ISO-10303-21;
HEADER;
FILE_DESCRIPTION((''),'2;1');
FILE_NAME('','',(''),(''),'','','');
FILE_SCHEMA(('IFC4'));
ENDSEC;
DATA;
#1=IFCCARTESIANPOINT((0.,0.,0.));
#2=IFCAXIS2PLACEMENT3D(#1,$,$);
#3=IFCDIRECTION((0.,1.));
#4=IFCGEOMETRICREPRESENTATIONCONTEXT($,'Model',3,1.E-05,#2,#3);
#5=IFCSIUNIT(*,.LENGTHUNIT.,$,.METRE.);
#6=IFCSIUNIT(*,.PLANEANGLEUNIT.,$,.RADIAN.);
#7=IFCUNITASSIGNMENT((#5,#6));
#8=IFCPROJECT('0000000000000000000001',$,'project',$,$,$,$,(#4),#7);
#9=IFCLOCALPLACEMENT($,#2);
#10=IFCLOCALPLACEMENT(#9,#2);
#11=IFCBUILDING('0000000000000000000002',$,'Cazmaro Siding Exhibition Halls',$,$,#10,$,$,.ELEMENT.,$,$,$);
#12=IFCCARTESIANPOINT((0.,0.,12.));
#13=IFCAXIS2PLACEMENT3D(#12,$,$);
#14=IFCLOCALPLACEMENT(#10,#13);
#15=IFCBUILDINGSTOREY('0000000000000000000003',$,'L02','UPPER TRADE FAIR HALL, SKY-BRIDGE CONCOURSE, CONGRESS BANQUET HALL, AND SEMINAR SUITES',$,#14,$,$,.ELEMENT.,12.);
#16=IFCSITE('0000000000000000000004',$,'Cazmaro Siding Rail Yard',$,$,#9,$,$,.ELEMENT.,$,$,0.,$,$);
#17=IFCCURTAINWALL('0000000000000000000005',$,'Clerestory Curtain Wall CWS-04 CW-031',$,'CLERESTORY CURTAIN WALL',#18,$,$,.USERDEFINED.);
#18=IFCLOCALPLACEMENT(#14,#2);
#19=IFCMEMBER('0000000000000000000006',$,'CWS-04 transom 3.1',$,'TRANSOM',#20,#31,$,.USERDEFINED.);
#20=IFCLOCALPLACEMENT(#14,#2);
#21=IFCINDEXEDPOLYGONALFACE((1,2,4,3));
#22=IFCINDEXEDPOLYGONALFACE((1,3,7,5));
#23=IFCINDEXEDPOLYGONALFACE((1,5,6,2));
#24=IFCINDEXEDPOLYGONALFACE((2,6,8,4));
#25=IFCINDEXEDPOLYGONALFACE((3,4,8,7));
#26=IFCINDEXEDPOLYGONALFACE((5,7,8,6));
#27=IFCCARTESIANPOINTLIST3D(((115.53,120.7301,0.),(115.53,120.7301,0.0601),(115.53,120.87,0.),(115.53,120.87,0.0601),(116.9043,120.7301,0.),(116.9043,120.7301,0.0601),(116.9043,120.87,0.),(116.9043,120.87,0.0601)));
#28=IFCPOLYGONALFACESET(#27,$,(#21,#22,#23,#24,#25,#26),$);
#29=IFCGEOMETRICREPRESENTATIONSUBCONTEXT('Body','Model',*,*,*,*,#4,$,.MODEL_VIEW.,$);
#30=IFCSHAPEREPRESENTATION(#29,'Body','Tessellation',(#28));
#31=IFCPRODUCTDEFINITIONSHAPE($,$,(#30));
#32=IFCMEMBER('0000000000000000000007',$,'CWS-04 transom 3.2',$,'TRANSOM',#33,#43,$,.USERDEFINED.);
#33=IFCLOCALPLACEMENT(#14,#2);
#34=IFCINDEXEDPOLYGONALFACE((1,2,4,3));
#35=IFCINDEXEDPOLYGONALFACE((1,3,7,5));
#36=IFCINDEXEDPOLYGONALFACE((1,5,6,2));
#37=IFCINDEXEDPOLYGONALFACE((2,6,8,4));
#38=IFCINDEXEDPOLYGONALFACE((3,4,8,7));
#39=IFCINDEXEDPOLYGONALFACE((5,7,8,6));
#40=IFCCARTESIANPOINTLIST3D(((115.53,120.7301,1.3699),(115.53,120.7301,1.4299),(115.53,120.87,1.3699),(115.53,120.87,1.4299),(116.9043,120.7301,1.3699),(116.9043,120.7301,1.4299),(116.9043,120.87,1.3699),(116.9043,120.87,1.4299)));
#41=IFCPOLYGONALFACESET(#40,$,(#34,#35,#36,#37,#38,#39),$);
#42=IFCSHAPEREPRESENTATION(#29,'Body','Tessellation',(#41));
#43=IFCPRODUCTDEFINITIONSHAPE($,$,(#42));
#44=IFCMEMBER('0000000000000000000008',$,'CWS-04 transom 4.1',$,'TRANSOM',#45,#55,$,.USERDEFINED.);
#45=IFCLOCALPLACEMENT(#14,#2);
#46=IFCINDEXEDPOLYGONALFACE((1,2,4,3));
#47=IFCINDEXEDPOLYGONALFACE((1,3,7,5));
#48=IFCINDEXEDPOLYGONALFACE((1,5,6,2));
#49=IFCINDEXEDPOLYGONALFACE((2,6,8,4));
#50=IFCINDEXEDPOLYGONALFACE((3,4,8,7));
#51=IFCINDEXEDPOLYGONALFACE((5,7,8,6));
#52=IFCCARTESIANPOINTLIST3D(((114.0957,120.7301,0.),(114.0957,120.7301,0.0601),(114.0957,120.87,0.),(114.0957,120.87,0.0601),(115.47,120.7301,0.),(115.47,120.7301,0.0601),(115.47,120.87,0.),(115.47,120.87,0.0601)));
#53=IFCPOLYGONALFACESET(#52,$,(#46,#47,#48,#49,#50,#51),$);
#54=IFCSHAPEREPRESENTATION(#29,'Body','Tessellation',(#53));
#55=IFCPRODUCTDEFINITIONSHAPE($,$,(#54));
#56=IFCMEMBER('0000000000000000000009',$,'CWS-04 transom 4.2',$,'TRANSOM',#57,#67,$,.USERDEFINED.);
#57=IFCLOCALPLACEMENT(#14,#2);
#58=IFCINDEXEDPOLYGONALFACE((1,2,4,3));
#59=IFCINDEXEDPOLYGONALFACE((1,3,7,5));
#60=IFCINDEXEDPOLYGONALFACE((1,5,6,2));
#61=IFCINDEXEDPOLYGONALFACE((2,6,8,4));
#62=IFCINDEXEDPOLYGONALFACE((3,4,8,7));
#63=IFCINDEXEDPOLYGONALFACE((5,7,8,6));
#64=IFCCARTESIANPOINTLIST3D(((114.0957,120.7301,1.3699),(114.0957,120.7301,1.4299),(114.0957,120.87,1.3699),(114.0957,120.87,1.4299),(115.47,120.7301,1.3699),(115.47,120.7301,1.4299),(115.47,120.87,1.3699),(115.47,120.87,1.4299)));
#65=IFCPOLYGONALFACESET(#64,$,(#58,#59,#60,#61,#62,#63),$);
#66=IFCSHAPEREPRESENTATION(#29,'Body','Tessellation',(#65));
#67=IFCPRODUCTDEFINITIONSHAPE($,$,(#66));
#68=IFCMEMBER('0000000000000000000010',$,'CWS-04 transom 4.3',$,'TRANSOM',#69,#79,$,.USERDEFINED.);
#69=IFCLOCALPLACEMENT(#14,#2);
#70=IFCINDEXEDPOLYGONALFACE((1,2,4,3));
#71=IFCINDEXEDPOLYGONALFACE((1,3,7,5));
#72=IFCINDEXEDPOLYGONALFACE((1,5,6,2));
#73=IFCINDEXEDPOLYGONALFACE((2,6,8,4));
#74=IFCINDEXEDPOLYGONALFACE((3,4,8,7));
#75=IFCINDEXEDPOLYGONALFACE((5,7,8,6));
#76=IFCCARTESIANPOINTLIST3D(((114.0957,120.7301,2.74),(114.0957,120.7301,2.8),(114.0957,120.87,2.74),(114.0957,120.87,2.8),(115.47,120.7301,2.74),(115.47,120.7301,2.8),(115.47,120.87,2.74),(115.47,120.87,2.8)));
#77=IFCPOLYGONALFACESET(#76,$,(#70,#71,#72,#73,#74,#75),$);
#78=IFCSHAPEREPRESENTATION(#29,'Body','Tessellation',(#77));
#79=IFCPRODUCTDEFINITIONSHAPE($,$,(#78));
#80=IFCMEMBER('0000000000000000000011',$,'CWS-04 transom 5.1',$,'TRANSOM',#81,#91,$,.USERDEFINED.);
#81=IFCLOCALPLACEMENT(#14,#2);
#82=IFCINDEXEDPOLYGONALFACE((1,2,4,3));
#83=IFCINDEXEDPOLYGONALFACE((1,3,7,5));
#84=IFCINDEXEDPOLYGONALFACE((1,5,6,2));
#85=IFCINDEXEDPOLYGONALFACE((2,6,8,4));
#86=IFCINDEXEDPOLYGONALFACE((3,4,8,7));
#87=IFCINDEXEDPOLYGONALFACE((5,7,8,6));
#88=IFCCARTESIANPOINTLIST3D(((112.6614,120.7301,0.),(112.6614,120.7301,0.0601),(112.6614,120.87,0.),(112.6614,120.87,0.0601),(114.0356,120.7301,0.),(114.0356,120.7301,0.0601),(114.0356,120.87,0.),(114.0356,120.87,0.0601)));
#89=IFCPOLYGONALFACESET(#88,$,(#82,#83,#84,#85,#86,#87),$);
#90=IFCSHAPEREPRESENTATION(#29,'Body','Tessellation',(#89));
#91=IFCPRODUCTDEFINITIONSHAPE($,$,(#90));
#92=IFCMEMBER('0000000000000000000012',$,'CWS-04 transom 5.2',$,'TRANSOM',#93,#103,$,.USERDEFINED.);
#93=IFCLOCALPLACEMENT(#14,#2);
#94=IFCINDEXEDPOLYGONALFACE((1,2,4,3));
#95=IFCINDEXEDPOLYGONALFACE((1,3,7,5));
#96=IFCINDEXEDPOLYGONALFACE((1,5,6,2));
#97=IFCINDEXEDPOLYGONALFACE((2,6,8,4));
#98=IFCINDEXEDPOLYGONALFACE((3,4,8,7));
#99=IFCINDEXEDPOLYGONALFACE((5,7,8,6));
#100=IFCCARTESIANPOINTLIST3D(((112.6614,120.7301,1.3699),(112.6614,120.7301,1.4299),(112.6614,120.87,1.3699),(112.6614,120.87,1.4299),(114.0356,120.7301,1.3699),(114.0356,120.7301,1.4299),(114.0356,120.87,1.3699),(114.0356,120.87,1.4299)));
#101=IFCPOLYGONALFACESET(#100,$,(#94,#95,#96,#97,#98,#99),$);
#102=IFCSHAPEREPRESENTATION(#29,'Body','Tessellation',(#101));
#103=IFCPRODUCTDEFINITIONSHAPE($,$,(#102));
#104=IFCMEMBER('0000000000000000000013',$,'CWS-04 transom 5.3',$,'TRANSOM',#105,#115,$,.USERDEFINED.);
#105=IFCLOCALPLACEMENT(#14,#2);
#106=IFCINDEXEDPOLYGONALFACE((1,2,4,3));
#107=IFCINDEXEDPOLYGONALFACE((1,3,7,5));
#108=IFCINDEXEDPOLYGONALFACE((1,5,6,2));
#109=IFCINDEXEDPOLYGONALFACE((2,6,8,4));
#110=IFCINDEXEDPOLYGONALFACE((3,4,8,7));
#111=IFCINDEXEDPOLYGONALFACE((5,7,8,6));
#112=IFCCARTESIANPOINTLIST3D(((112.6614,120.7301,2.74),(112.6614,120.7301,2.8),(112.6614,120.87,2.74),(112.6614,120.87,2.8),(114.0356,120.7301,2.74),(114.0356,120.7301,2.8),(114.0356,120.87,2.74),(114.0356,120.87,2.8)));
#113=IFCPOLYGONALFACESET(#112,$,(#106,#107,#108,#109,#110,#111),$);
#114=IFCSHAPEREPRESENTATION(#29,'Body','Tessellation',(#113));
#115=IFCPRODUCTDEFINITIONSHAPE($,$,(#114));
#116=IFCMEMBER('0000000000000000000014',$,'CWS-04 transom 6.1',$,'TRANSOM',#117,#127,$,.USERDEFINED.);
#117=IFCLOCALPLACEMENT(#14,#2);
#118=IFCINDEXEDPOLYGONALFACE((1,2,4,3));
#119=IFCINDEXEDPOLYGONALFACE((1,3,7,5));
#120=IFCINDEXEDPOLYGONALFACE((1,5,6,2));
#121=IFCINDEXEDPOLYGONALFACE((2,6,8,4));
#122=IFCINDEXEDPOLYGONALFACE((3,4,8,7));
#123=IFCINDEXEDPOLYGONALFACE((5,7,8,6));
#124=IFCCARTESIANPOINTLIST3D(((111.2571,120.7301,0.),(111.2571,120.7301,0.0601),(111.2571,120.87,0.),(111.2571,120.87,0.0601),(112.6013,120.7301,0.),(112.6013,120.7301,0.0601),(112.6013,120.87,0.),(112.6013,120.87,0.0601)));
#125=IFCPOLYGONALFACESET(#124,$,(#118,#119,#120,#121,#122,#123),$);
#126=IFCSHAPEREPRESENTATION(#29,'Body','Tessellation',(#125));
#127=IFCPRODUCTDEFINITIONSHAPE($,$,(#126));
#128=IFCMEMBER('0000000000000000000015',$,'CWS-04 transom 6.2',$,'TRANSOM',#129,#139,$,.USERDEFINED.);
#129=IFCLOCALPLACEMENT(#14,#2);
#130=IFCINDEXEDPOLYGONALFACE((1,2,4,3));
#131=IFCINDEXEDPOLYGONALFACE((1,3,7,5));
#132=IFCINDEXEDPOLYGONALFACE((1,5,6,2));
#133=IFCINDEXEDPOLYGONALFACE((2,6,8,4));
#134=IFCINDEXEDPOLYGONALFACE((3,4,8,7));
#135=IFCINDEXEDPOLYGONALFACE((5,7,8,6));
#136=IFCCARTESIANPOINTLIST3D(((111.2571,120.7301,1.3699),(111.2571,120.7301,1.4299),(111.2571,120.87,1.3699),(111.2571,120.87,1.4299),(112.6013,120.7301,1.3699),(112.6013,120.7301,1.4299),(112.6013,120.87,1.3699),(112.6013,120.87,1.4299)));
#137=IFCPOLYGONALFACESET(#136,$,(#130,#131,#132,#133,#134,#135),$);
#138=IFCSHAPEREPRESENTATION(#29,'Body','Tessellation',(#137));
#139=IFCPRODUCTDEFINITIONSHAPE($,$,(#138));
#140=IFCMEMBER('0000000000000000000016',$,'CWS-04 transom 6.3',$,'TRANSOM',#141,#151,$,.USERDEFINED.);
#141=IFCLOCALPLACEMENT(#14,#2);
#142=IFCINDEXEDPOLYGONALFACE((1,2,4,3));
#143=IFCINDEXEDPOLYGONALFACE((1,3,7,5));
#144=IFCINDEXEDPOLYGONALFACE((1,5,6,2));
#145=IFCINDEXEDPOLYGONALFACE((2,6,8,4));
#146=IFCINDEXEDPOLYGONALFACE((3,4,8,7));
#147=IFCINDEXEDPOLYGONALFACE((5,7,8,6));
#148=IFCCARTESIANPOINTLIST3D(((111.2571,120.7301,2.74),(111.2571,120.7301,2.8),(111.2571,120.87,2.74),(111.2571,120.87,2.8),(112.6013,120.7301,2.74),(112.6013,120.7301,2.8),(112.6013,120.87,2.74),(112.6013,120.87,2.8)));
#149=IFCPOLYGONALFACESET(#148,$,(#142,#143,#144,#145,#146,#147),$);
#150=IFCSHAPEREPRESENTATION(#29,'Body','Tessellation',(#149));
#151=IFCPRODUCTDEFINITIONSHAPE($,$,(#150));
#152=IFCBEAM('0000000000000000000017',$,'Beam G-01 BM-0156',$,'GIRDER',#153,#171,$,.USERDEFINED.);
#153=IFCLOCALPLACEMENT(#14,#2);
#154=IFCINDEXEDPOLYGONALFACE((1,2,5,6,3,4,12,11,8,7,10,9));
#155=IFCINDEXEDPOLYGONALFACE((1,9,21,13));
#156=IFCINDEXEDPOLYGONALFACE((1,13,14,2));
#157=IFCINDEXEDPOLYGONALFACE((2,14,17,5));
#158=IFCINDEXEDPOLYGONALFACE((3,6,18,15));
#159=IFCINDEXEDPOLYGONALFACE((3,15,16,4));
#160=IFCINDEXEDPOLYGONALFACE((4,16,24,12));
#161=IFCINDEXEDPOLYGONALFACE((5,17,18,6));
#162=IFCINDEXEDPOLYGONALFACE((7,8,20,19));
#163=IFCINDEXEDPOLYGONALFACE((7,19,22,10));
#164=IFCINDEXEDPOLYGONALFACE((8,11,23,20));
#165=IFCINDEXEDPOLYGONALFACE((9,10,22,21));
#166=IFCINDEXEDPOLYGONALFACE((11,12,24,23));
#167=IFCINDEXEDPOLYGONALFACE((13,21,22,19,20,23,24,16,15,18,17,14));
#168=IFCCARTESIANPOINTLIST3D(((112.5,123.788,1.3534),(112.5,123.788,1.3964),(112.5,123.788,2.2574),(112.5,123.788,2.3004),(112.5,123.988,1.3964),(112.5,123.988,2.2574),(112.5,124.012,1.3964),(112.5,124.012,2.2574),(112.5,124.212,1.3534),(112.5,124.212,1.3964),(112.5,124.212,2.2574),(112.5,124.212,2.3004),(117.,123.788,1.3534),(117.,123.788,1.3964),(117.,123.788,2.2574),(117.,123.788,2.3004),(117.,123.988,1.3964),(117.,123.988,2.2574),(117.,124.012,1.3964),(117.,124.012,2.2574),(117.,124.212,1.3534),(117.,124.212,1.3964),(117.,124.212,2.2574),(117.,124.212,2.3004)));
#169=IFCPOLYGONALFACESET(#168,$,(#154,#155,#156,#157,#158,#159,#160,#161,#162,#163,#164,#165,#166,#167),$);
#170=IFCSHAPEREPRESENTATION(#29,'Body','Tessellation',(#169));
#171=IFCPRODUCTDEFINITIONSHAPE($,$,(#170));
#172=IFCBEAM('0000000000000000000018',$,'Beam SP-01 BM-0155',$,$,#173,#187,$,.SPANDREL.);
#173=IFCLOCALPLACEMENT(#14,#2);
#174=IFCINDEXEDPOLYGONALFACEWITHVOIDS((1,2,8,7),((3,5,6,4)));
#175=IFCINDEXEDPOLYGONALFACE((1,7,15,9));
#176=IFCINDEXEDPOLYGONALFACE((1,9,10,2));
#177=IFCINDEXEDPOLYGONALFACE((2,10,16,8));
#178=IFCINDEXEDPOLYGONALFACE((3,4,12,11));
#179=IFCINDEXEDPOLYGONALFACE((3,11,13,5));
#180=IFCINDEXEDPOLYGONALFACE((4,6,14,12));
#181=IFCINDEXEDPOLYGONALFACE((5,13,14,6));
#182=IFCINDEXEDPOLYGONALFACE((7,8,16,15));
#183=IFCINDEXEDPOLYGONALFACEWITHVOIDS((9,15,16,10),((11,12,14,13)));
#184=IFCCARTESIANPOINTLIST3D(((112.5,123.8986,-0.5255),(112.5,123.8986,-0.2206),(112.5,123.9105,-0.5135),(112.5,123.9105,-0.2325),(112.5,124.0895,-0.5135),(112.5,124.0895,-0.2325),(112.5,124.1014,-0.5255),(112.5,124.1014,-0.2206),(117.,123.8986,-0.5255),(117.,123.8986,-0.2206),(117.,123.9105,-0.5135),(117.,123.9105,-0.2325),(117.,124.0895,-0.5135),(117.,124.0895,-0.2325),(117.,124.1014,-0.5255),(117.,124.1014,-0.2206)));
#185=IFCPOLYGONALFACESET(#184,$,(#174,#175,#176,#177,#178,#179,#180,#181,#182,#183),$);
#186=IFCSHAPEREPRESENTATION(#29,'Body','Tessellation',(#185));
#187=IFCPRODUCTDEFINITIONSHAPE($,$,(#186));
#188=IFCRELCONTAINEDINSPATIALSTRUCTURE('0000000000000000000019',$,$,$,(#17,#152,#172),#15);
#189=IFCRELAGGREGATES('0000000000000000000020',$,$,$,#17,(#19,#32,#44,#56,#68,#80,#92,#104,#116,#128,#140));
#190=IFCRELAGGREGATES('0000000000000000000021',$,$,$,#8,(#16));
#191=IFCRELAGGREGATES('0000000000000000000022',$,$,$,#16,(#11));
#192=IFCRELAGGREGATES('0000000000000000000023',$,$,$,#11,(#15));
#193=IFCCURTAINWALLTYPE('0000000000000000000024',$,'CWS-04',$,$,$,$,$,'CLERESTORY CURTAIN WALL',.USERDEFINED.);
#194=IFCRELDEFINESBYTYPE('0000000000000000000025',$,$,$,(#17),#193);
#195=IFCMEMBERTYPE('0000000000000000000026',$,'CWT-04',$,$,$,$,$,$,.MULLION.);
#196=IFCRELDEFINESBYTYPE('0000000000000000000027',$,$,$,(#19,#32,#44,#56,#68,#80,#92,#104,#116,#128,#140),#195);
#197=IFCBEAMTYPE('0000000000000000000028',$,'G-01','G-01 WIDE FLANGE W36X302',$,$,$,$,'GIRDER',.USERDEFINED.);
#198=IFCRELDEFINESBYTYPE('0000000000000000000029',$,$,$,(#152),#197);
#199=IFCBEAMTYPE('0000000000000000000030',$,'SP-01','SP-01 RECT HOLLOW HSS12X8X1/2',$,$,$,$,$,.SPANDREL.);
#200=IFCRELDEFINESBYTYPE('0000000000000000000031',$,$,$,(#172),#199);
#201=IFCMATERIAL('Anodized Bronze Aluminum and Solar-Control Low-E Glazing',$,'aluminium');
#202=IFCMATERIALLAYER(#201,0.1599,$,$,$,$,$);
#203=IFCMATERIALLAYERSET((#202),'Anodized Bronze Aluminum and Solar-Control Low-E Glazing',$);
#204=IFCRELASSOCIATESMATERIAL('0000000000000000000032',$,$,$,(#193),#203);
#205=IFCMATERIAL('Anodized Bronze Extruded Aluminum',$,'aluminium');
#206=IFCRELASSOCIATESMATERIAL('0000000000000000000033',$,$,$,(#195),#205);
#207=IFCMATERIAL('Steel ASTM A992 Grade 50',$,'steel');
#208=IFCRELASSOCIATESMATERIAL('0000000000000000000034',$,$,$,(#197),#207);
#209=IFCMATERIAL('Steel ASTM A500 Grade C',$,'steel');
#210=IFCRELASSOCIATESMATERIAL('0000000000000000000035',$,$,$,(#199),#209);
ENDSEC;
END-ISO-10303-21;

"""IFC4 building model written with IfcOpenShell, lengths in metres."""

from ifc_helpers import new_model, si_unit, direction, frame, origin, origin_2d, place, context, subcontext, project, spatial, rectangle, hollow_rectangle, i_section, extrude, material, layer, layer_set, material_profile, profile_set, type_object, element, aggregate, save


model = new_model("IFC4")

# Units and contexts
model_context = context("Model", 3, precision=1e-05, world=origin(), true_north=direction((0.0, 1.0)))
body_context = subcontext(model_context, "Body", "Model", "MODEL_VIEW")
ifc_project = project(units=[si_unit("LENGTHUNIT", "METRE"), si_unit("PLANEANGLEUNIT", "RADIAN")], contexts=[model_context])

# Site, building, storey
site_placement = place(None, origin())
site = spatial("IfcSite", under=ifc_project, at=site_placement, Name="Cazmaro Siding Rail Yard", CompositionType="ELEMENT", RefElevation=0.0)
building_placement = place(site_placement, origin())
building = spatial("IfcBuilding", under=site, at=building_placement, Name="Cazmaro Siding Exhibition Halls", CompositionType="ELEMENT")
storey_placement = place(building_placement, frame((0.0, 0.0, 12.0)))
storey = spatial("IfcBuildingStorey", under=building, at=storey_placement, Name="L02", Description="UPPER TRADE FAIR HALL, SKY-BRIDGE CONCOURSE, CONGRESS BANQUET HALL, AND SEMINAR SUITES", CompositionType="ELEMENT", Elevation=12.0)

# Shared definitions
ifc_material_1 = material(Name="Anodized Bronze Aluminum and Solar-Control Low-E Glazing", Category="aluminium")
ifc_layer_1 = layer(ifc_material_1, 0.1599)
ifc_layer_set_1 = layer_set([ifc_layer_1], Name="Anodized Bronze Aluminum and Solar-Control Low-E Glazing")
curtain_wall_type = type_object("IfcCurtainWallType", Name="CWS-04", ElementType="CLERESTORY CURTAIN WALL", PredefinedType="USERDEFINED", material=ifc_layer_set_1)

# Curtain wall
curtain_wall_1_placement = place(storey_placement, origin())
curtain_wall_1 = element("IfcCurtainWall", 1, at=curtain_wall_1_placement, inside=storey, type_object=curtain_wall_type, Name="Clerestory Curtain Wall CWS-04 CW-031", ObjectType="CLERESTORY CURTAIN WALL", PredefinedType="USERDEFINED")

# Members
ifc_material_2 = material(Name="Anodized Bronze Extruded Aluminum", Category="aluminium")
ifc_material_profile_1 = material_profile(ifc_material_2, rectangle(XDim=0.1399, YDim=0.0601, at=origin_2d()), Name="CWT-04")
ifc_profile_set_1 = profile_set([ifc_material_profile_1], Name="Anodized Bronze Extruded Aluminum")
member_type_1 = type_object("IfcMemberType", Name="CWT-04", PredefinedType="MULLION", material=ifc_profile_set_1)
member_1_placement = place(storey_placement, frame((116.9043, 120.8, 0.03), z_axis=(-1.0, 0.0, 0.0), x_axis=(0.0, -1.0, 0.0)))
member_1 = element("IfcMember", 2, at=member_1_placement, type_object=member_type_1, Name="CWS-04 transom 3.1", ObjectType="TRANSOM", PredefinedType="USERDEFINED", context=body_context, shape_type="SweptSolid", body=[
    extrude(rectangle(XDim=0.1399, YDim=0.0601, at=origin_2d()), origin(), (0.0, 0.0, 1.0), 1.3743),
])
member_2_placement = place(storey_placement, frame((116.9043, 120.8, 1.3999), z_axis=(-1.0, 0.0, 0.0), x_axis=(0.0, -1.0, 0.0)))
member_2 = element("IfcMember", 3, at=member_2_placement, type_object=member_type_1, Name="CWS-04 transom 3.2", ObjectType="TRANSOM", PredefinedType="USERDEFINED", context=body_context, shape_type="SweptSolid", body=[
    extrude(rectangle(XDim=0.1399, YDim=0.0601, at=origin_2d()), origin(), (0.0, 0.0, 1.0), 1.3743),
])
member_3_placement = place(storey_placement, frame((115.47, 120.8, 0.03), z_axis=(-1.0, 0.0, 0.0), x_axis=(0.0, -1.0, 0.0)))
member_3 = element("IfcMember", 4, at=member_3_placement, type_object=member_type_1, Name="CWS-04 transom 4.1", ObjectType="TRANSOM", PredefinedType="USERDEFINED", context=body_context, shape_type="SweptSolid", body=[
    extrude(rectangle(XDim=0.1399, YDim=0.0601, at=origin_2d()), origin(), (0.0, 0.0, 1.0), 1.3743),
])
member_4_placement = place(storey_placement, frame((115.47, 120.8, 1.3999), z_axis=(-1.0, 0.0, 0.0), x_axis=(0.0, -1.0, 0.0)))
member_4 = element("IfcMember", 5, at=member_4_placement, type_object=member_type_1, Name="CWS-04 transom 4.2", ObjectType="TRANSOM", PredefinedType="USERDEFINED", context=body_context, shape_type="SweptSolid", body=[
    extrude(rectangle(XDim=0.1399, YDim=0.0601, at=origin_2d()), origin(), (0.0, 0.0, 1.0), 1.3743),
])
member_5_placement = place(storey_placement, frame((115.47, 120.8, 2.77), z_axis=(-1.0, 0.0, 0.0), x_axis=(0.0, -1.0, 0.0)))
member_5 = element("IfcMember", 6, at=member_5_placement, type_object=member_type_1, Name="CWS-04 transom 4.3", ObjectType="TRANSOM", PredefinedType="USERDEFINED", context=body_context, shape_type="SweptSolid", body=[
    extrude(rectangle(XDim=0.1399, YDim=0.0601, at=origin_2d()), origin(), (0.0, 0.0, 1.0), 1.3743),
])
member_6_placement = place(storey_placement, frame((114.0356, 120.8, 0.03), z_axis=(-1.0, 0.0, 0.0), x_axis=(0.0, -1.0, 0.0)))
member_6 = element("IfcMember", 7, at=member_6_placement, type_object=member_type_1, Name="CWS-04 transom 5.1", ObjectType="TRANSOM", PredefinedType="USERDEFINED", context=body_context, shape_type="SweptSolid", body=[
    extrude(rectangle(XDim=0.1399, YDim=0.0601, at=origin_2d()), origin(), (0.0, 0.0, 1.0), 1.3743),
])
member_7_placement = place(storey_placement, frame((114.0356, 120.8, 1.3999), z_axis=(-1.0, 0.0, 0.0), x_axis=(0.0, -1.0, 0.0)))
member_7 = element("IfcMember", 8, at=member_7_placement, type_object=member_type_1, Name="CWS-04 transom 5.2", ObjectType="TRANSOM", PredefinedType="USERDEFINED", context=body_context, shape_type="SweptSolid", body=[
    extrude(rectangle(XDim=0.1399, YDim=0.0601, at=origin_2d()), origin(), (0.0, 0.0, 1.0), 1.3743),
])
member_8_placement = place(storey_placement, frame((114.0356, 120.8, 2.77), z_axis=(-1.0, 0.0, 0.0), x_axis=(0.0, -1.0, 0.0)))
member_8 = element("IfcMember", 9, at=member_8_placement, type_object=member_type_1, Name="CWS-04 transom 5.3", ObjectType="TRANSOM", PredefinedType="USERDEFINED", context=body_context, shape_type="SweptSolid", body=[
    extrude(rectangle(XDim=0.1399, YDim=0.0601, at=origin_2d()), origin(), (0.0, 0.0, 1.0), 1.3743),
])
member_9_placement = place(storey_placement, frame((112.6013, 120.8, 0.03), z_axis=(-1.0, 0.0, 0.0), x_axis=(0.0, -1.0, 0.0)))
member_9 = element("IfcMember", 10, at=member_9_placement, type_object=member_type_1, Name="CWS-04 transom 6.1", ObjectType="TRANSOM", PredefinedType="USERDEFINED", context=body_context, shape_type="SweptSolid", body=[
    extrude(rectangle(XDim=0.1399, YDim=0.0601, at=origin_2d()), origin(), (0.0, 0.0, 1.0), 1.3442),
])
member_10_placement = place(storey_placement, frame((112.6013, 120.8, 1.3999), z_axis=(-1.0, 0.0, 0.0), x_axis=(0.0, -1.0, 0.0)))
member_10 = element("IfcMember", 11, at=member_10_placement, type_object=member_type_1, Name="CWS-04 transom 6.2", ObjectType="TRANSOM", PredefinedType="USERDEFINED", context=body_context, shape_type="SweptSolid", body=[
    extrude(rectangle(XDim=0.1399, YDim=0.0601, at=origin_2d()), origin(), (0.0, 0.0, 1.0), 1.3442),
])
member_11_placement = place(storey_placement, frame((112.6013, 120.8, 2.77), z_axis=(-1.0, 0.0, 0.0), x_axis=(0.0, -1.0, 0.0)))
member_11 = element("IfcMember", 12, at=member_11_placement, type_object=member_type_1, Name="CWS-04 transom 6.3", ObjectType="TRANSOM", PredefinedType="USERDEFINED", context=body_context, shape_type="SweptSolid", body=[
    extrude(rectangle(XDim=0.1399, YDim=0.0601, at=origin_2d()), origin(), (0.0, 0.0, 1.0), 1.3442),
])

# Beams
ifc_material_3 = material(Name="Steel ASTM A992 Grade 50", Category="steel")
ifc_material_profile_2 = material_profile(ifc_material_3, i_section(OverallWidth=0.4241, OverallDepth=0.947, WebThickness=0.0239, FlangeThickness=0.043, at=origin_2d()), Name="W36X302")
ifc_profile_set_2 = profile_set([ifc_material_profile_2], Name="Steel ASTM A992 Grade 50")
beam_type_1 = type_object("IfcBeamType", Name="G-01", Description="G-01 WIDE FLANGE W36X302", ElementType="GIRDER", PredefinedType="USERDEFINED", material=ifc_profile_set_2)
beam_1_placement = place(storey_placement, frame((112.5, 124.0, 1.8269), z_axis=(1.0, 0.0, 0.0), x_axis=(0.0, 1.0, 0.0)))
element("IfcBeam", 13, at=beam_1_placement, inside=storey, type_object=beam_type_1, Name="Beam G-01 BM-0156", ObjectType="GIRDER", PredefinedType="USERDEFINED", context=body_context, shape_type="SweptSolid", body=[
    extrude(i_section(OverallWidth=0.4241, OverallDepth=0.947, WebThickness=0.0239, FlangeThickness=0.043, at=origin_2d()), origin(), (0.0, 0.0, 1.0), 4.5),
])
ifc_material_4 = material(Name="Steel ASTM A500 Grade C", Category="steel")
ifc_material_profile_3 = material_profile(ifc_material_4, hollow_rectangle(XDim=0.2029, YDim=0.3049, WallThickness=0.012, at=origin_2d()), Name="HSS12X8X1/2")
ifc_profile_set_3 = profile_set([ifc_material_profile_3], Name="Steel ASTM A500 Grade C")
beam_type_2 = type_object("IfcBeamType", Name="SP-01", Description="SP-01 RECT HOLLOW HSS12X8X1/2", PredefinedType="SPANDREL", material=ifc_profile_set_3)
beam_2_placement = place(storey_placement, frame((112.5, 124.0, -0.373), z_axis=(1.0, 0.0, 0.0), x_axis=(0.0, 1.0, 0.0)))
element("IfcBeam", 14, at=beam_2_placement, inside=storey, type_object=beam_type_2, Name="Beam SP-01 BM-0155", PredefinedType="SPANDREL", context=body_context, shape_type="SweptSolid", body=[
    extrude(hollow_rectangle(XDim=0.2029, YDim=0.3049, WallThickness=0.012, at=origin_2d()), origin(), (0.0, 0.0, 1.0), 4.5),
])

aggregate(curtain_wall_1, [member_1, member_2, member_3, member_4, member_5, member_6, member_7, member_8, member_9, member_10, member_11])

save(model, "model.ifc")
